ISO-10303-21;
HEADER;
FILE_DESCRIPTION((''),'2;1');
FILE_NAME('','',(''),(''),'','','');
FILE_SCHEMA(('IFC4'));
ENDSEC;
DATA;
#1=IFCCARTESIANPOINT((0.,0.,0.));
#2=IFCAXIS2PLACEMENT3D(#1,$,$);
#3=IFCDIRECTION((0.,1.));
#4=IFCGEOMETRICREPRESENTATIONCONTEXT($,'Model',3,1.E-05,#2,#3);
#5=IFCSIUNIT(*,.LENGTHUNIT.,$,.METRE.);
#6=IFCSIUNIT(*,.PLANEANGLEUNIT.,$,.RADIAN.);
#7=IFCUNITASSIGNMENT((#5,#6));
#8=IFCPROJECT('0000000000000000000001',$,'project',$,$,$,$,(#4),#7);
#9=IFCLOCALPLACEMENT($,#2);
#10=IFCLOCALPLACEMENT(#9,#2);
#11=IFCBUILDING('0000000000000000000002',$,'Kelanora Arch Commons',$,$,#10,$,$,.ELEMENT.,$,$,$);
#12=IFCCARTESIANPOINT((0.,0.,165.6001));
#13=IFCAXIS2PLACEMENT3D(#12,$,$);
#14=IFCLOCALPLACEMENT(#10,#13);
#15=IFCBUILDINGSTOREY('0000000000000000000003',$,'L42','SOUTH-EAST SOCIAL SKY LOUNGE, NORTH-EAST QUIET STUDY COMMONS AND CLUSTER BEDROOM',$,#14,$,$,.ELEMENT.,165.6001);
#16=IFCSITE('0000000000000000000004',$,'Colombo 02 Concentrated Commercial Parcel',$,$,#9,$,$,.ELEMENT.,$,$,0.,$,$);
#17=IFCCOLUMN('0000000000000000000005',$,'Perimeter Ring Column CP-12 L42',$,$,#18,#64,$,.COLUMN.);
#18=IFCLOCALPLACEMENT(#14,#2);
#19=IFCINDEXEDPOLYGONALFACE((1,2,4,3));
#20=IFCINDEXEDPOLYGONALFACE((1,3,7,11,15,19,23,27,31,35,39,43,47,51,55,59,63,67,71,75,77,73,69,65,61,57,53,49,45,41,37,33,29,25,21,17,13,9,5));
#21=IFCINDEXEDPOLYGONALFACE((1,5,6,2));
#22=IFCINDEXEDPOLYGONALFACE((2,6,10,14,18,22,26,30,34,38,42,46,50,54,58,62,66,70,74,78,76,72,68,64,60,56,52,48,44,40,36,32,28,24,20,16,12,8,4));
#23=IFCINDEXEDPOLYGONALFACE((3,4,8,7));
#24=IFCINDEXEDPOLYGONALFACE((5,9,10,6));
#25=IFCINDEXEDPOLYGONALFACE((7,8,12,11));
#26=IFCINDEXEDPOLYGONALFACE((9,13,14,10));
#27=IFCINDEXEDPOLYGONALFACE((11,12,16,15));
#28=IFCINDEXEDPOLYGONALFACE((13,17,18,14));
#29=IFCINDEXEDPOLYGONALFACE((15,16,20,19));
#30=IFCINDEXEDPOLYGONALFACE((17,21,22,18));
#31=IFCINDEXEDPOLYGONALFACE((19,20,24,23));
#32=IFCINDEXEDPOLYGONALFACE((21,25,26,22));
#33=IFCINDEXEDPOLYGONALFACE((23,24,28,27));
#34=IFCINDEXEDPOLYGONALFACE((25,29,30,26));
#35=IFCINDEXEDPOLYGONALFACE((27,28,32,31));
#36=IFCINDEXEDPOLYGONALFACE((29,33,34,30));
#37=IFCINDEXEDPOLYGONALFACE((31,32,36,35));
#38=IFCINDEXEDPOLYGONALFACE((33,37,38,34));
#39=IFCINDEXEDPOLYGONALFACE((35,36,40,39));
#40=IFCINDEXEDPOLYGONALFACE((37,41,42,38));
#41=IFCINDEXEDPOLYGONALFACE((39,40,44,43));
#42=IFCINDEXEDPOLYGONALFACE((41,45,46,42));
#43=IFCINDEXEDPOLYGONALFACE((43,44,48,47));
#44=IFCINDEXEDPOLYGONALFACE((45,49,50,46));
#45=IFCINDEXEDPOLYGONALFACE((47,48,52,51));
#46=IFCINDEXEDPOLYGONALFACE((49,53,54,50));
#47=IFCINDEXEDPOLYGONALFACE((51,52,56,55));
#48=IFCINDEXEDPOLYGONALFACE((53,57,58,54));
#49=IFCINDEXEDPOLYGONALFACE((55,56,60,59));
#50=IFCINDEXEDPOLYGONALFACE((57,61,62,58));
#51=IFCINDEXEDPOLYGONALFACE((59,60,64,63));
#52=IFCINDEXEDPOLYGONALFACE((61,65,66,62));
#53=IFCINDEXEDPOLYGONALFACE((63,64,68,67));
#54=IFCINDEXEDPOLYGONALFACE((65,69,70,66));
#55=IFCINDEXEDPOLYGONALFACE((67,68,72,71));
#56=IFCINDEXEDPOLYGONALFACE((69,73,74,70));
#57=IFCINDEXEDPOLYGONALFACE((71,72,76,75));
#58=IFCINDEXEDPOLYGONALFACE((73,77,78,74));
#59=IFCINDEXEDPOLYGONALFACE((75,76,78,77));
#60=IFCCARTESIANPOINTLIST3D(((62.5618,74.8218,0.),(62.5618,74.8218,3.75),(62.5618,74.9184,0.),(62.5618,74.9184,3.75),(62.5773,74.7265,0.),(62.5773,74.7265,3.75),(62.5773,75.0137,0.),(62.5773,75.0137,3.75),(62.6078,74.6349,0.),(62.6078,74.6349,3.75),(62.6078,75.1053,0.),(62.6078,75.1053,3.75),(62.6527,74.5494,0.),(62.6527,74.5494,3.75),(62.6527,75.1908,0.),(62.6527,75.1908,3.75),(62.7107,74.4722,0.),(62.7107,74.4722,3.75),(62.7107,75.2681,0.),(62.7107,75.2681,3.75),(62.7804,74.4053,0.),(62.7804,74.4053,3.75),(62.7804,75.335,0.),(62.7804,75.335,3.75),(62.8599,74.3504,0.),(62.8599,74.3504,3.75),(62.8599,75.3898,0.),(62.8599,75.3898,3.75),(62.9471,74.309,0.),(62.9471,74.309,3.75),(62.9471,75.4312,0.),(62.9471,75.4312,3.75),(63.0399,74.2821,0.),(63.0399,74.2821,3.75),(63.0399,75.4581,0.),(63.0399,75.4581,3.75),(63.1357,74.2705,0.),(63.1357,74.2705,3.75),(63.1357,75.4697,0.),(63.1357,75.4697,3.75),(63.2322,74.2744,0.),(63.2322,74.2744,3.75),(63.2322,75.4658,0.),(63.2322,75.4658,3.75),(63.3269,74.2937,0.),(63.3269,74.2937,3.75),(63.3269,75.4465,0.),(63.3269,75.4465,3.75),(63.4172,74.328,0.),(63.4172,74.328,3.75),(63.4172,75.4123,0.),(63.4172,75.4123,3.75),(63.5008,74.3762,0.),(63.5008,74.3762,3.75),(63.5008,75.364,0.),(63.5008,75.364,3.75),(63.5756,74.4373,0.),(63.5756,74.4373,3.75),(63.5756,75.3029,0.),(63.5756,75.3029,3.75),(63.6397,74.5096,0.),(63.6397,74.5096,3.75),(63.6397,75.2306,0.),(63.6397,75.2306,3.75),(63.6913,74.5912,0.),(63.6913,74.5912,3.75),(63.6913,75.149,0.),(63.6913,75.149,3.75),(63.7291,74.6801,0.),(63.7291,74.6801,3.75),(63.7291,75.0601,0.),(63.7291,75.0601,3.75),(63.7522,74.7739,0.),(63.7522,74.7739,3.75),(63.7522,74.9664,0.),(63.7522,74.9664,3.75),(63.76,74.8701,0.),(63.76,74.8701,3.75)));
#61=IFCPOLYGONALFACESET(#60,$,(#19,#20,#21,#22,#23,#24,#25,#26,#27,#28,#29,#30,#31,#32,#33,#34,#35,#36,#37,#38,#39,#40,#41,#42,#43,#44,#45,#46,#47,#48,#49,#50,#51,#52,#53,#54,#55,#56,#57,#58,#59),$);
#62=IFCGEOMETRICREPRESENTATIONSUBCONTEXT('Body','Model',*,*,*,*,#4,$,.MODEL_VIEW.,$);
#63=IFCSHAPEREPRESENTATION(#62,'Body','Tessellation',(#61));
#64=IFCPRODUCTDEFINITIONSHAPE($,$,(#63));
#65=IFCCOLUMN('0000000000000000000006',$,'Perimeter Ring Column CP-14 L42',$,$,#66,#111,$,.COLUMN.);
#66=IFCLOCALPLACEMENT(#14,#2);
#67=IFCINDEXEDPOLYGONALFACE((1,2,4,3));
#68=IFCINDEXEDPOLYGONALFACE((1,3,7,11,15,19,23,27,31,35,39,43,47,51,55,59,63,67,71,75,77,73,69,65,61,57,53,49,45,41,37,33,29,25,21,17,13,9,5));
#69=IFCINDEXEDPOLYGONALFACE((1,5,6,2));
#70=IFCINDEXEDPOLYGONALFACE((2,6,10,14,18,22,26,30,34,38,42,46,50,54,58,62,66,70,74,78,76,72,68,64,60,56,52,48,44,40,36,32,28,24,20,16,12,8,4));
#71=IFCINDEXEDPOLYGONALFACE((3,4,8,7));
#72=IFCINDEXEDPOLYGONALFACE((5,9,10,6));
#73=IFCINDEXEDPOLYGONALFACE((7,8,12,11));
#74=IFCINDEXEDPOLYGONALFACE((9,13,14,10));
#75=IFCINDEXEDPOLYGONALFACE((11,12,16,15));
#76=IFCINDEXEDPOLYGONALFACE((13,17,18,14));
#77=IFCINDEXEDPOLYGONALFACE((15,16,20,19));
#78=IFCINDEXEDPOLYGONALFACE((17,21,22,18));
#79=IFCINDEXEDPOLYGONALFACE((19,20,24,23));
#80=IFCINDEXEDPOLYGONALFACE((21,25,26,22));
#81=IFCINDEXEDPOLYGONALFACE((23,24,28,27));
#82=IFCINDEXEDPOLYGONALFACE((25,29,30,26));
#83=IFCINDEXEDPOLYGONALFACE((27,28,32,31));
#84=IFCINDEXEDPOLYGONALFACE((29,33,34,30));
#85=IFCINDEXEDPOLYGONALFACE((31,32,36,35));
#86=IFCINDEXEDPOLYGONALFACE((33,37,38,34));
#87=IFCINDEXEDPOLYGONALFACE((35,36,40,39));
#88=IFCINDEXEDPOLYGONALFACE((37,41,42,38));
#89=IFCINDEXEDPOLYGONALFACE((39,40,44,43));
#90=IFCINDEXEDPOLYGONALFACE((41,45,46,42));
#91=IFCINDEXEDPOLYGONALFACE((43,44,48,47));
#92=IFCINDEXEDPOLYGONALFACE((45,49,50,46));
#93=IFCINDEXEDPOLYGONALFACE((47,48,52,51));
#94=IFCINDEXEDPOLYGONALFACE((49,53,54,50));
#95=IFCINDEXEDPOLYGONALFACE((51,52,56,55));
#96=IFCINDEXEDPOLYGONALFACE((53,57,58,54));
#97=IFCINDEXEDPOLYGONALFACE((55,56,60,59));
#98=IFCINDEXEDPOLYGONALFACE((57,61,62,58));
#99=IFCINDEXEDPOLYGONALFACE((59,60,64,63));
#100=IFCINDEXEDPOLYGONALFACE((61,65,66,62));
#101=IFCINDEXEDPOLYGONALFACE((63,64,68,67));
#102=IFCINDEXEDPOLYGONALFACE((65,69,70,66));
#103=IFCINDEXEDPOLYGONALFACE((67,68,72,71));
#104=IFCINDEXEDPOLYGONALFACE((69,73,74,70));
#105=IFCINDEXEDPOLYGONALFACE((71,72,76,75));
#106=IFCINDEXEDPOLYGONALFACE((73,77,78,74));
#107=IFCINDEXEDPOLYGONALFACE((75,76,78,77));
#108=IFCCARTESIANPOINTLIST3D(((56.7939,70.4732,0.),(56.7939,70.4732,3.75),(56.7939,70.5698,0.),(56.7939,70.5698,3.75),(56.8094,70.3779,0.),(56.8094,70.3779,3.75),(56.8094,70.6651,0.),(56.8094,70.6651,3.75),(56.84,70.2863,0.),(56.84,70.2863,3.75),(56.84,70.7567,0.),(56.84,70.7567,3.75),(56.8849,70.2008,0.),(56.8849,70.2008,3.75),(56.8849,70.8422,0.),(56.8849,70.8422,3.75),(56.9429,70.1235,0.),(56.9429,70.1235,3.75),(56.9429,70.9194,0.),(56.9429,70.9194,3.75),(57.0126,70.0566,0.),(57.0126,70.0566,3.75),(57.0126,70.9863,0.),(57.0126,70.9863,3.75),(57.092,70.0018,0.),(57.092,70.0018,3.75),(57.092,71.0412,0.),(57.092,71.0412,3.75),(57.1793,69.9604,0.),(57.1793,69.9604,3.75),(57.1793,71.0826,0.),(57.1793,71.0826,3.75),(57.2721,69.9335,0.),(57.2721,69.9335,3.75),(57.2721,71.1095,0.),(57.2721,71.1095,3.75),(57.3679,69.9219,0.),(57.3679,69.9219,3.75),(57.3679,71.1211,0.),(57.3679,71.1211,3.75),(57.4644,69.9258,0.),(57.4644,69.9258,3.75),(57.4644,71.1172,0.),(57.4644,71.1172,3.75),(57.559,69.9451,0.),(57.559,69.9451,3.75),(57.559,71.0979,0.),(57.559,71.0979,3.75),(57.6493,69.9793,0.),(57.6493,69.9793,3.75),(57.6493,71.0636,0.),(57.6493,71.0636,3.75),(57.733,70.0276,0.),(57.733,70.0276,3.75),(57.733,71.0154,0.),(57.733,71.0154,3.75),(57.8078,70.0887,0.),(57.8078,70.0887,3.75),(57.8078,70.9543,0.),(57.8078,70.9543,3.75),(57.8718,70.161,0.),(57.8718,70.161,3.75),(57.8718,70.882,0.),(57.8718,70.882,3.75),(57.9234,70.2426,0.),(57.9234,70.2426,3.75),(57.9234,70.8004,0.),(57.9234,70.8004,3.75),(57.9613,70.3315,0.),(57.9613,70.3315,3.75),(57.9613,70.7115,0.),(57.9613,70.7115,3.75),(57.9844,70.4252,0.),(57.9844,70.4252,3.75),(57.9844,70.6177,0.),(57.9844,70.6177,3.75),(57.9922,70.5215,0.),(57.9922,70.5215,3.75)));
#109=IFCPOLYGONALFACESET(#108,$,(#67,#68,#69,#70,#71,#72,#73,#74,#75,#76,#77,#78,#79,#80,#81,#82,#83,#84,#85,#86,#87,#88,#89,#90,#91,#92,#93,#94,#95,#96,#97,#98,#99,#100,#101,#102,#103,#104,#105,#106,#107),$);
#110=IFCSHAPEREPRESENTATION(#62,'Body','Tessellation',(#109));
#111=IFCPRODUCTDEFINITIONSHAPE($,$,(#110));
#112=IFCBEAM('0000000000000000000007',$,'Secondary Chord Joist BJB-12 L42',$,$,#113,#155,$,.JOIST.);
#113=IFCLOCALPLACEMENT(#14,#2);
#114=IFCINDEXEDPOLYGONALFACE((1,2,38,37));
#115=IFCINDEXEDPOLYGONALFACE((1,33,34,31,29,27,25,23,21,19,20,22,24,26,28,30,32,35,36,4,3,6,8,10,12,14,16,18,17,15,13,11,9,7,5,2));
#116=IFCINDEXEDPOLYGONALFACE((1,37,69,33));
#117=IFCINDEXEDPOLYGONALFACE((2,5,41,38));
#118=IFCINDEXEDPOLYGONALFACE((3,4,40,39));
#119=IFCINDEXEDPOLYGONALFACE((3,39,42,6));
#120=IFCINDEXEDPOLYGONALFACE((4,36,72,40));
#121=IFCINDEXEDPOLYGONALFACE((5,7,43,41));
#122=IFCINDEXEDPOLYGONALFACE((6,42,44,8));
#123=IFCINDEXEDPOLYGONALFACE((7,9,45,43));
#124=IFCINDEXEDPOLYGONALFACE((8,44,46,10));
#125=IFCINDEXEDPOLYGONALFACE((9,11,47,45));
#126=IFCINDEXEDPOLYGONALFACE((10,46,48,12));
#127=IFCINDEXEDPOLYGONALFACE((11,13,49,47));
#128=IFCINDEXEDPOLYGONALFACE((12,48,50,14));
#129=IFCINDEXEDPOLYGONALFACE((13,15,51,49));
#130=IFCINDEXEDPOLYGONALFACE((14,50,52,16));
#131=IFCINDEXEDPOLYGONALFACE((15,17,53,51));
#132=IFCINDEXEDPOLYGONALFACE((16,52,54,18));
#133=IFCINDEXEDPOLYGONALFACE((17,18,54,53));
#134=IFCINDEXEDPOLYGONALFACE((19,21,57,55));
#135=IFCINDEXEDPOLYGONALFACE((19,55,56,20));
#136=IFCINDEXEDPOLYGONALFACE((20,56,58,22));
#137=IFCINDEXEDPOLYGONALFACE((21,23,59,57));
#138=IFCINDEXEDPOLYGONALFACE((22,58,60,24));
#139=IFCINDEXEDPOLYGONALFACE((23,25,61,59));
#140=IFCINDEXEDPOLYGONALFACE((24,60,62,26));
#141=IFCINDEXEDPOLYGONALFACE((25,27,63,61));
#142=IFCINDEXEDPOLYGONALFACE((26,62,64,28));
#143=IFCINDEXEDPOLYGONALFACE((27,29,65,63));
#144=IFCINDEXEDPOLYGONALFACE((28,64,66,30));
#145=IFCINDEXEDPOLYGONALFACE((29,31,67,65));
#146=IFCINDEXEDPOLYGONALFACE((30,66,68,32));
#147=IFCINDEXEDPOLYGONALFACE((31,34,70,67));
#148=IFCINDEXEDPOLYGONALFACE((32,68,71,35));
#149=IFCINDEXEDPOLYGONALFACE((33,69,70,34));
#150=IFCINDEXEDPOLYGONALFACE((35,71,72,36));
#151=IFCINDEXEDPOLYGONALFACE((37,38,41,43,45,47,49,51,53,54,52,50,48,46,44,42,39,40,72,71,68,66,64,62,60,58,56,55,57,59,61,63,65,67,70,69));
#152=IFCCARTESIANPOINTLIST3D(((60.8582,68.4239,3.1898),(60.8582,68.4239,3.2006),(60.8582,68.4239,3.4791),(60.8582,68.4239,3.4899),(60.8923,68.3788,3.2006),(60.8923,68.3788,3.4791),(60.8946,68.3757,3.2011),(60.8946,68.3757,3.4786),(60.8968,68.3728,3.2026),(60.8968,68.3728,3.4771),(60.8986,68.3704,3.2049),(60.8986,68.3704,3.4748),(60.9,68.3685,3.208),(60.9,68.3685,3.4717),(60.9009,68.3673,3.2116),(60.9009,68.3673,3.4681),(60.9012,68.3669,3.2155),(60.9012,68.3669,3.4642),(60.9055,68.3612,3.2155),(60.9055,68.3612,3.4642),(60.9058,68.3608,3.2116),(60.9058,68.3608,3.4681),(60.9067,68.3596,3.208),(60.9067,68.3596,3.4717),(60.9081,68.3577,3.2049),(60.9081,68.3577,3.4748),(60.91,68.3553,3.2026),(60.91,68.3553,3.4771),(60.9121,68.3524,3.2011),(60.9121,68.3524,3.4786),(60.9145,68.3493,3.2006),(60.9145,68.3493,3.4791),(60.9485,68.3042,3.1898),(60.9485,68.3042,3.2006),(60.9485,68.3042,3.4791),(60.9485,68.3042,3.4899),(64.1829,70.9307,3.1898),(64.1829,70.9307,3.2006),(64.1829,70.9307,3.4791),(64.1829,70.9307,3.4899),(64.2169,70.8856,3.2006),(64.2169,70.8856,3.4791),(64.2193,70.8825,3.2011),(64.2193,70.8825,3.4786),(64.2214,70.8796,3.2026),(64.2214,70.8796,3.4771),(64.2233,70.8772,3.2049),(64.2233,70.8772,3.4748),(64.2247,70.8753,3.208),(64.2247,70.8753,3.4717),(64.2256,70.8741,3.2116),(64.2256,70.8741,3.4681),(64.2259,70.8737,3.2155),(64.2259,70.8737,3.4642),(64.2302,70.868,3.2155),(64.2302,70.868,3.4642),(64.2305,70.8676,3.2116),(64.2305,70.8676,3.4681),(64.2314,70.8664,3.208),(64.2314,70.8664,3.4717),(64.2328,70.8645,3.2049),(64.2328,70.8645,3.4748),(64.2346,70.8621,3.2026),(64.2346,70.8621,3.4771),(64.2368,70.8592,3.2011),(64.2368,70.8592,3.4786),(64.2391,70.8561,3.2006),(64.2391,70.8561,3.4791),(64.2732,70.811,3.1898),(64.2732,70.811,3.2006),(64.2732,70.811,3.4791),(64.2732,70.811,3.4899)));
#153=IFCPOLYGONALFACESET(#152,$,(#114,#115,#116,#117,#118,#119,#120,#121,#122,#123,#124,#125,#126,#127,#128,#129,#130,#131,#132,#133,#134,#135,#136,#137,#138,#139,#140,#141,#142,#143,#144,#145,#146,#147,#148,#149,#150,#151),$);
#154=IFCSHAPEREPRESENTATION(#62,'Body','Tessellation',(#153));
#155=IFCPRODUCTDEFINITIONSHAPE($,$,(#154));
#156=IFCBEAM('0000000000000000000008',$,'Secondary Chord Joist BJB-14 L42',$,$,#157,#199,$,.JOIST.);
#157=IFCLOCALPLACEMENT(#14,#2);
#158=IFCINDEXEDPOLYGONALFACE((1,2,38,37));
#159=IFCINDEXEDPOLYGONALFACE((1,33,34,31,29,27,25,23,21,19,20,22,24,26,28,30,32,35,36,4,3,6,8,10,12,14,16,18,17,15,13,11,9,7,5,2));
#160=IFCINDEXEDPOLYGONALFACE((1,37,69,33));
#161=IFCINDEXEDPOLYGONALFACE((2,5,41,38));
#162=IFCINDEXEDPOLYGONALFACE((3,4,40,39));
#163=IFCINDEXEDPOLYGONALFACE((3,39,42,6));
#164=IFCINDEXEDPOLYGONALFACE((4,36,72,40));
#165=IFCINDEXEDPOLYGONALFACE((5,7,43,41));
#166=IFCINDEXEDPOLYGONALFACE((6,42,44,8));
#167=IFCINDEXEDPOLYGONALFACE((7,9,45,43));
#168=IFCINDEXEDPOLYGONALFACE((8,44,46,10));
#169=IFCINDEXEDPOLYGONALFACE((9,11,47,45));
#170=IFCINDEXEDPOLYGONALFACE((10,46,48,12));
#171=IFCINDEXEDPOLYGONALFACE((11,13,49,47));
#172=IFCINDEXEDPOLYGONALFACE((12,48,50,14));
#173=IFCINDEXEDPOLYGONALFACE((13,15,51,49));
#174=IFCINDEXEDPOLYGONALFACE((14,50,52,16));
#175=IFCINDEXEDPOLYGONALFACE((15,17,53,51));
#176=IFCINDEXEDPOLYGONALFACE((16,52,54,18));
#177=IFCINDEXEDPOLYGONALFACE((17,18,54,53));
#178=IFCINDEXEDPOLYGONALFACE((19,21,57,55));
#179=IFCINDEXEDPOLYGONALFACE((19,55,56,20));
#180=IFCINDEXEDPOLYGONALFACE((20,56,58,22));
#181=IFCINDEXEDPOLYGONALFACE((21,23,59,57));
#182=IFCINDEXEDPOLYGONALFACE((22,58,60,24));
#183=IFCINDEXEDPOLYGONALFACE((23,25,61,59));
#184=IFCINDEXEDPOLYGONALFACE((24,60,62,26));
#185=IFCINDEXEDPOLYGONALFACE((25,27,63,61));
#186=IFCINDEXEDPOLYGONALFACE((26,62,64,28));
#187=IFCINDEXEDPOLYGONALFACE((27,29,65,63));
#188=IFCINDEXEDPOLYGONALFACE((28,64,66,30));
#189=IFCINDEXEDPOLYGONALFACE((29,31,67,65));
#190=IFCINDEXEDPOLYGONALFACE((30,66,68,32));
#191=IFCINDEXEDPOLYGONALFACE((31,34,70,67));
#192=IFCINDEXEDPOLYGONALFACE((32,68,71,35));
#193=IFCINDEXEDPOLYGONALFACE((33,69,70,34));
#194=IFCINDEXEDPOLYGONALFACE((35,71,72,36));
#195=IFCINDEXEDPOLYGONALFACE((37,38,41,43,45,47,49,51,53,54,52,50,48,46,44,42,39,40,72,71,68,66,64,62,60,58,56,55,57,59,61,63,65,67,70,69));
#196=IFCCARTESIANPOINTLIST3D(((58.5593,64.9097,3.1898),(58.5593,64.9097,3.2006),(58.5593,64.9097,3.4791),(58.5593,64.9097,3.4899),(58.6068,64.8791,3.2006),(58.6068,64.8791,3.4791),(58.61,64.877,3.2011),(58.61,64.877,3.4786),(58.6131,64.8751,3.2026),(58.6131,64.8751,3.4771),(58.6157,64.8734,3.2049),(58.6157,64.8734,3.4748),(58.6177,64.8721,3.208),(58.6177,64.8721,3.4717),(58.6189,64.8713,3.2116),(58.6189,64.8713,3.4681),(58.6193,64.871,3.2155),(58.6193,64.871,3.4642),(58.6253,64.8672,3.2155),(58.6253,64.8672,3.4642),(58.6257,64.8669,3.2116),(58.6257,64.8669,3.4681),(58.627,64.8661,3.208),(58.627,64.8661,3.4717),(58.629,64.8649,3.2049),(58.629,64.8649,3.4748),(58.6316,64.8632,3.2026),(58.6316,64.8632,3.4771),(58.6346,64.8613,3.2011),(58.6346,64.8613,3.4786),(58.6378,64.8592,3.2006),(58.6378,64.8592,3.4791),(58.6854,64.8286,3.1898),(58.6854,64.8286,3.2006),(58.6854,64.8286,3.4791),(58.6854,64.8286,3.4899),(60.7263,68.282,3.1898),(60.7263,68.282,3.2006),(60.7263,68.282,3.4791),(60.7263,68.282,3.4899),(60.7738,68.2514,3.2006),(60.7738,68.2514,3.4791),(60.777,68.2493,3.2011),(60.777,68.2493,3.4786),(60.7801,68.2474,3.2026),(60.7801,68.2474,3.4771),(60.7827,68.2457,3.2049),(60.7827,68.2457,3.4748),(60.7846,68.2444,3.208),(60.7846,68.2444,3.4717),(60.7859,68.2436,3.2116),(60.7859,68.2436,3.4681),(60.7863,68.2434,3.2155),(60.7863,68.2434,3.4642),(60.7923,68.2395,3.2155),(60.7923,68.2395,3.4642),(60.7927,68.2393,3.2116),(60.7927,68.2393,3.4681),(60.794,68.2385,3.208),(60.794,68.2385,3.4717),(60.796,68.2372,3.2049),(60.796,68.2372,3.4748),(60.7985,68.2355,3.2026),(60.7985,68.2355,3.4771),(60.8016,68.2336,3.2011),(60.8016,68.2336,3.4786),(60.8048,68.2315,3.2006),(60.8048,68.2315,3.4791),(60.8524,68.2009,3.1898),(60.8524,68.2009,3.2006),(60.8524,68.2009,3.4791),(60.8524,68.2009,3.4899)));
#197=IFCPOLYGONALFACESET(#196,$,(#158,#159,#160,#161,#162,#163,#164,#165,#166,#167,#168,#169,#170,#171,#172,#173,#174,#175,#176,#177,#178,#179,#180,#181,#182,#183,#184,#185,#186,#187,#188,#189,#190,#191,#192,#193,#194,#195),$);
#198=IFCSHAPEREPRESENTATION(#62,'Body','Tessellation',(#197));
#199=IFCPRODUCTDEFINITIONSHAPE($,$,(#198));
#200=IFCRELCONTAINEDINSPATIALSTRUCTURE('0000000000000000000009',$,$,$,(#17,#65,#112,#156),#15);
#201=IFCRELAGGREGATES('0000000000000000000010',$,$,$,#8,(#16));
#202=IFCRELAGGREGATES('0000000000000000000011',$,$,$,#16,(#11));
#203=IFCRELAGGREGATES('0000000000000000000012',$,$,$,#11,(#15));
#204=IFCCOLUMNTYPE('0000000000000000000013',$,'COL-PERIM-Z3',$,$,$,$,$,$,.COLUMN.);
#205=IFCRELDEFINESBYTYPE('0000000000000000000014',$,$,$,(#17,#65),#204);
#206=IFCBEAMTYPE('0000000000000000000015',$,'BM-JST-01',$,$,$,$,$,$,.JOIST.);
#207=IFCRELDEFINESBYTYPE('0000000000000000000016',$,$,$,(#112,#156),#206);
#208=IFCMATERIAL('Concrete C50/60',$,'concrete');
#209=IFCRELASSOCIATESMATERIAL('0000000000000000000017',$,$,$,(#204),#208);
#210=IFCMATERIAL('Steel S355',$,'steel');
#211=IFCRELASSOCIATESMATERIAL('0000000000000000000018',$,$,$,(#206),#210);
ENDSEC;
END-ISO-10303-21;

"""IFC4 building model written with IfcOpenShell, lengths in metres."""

from ifc_helpers import new_model, si_unit, direction, frame, origin, origin_2d, place, context, subcontext, project, spatial, circle, i_section, extrude, material, material_profile, profile_set, type_object, element, save


model = new_model("IFC4")

# Units and contexts
model_context = context("Model", 3, precision=1e-05, world=origin(), true_north=direction((0.0, 1.0)))
body_context = subcontext(model_context, "Body", "Model", "MODEL_VIEW")
ifc_project = project(units=[si_unit("LENGTHUNIT", "METRE"), si_unit("PLANEANGLEUNIT", "RADIAN")], contexts=[model_context])

# Site, building, storey
site_placement = place(None, origin())
site = spatial("IfcSite", under=ifc_project, at=site_placement, Name="Colombo 02 Concentrated Commercial Parcel", CompositionType="ELEMENT", RefElevation=0.0)
building_placement = place(site_placement, origin())
building = spatial("IfcBuilding", under=site, at=building_placement, Name="Kelanora Arch Commons", CompositionType="ELEMENT")
storey_placement = place(building_placement, frame((0.0, 0.0, 165.6001)))
storey = spatial("IfcBuildingStorey", under=building, at=storey_placement, Name="L42", Description="SOUTH-EAST SOCIAL SKY LOUNGE, NORTH-EAST QUIET STUDY COMMONS AND CLUSTER BEDROOM", CompositionType="ELEMENT", Elevation=165.6001)

# Columns
ifc_material_1 = material(Name="Concrete C50/60", Category="concrete")
ifc_material_profile_1 = material_profile(ifc_material_1, circle(Radius=0.6001, at=origin_2d()), Name="RCC1200")
ifc_profile_set_1 = profile_set([ifc_material_profile_1], Name="Concrete C50/60")
column_type = type_object("IfcColumnType", Name="COL-PERIM-Z3", PredefinedType="COLUMN", material=ifc_profile_set_1)
for number, where, z_axis, x_axis, name in (
    (1, (63.1599, 74.8701, 0.0), (0.0, 0.0, 1.0), (1.0, 0.0, 0.0), "Perimeter Ring Column CP-12 L42"),
    (2, (57.3921, 70.5215, 0.0), (0.0, 0.0, 1.0), (1.0, 0.0, 0.0), "Perimeter Ring Column CP-14 L42"),
):
    element("IfcColumn", number, at=place(storey_placement, frame(where, z_axis=z_axis, x_axis=x_axis)), inside=storey, type_object=column_type, Name=name, PredefinedType="COLUMN", context=body_context, shape_type="SweptSolid", body=[
        extrude(circle(Radius=0.6001, at=origin_2d()), origin(), (0.0, 0.0, 1.0), 3.75),
    ])

# Beams
ifc_material_2 = material(Name="Steel S355", Category="steel")
ifc_material_profile_2 = material_profile(ifc_material_2, i_section(OverallWidth=0.1499, OverallDepth=0.3, WebThickness=0.0071, FlangeThickness=0.0107, FilletRadius=0.0149, at=origin_2d()), Name="IPE300")
ifc_profile_set_2 = profile_set([ifc_material_profile_2], Name="Steel S355")
beam_type_1 = type_object("IfcBeamType", Name="BM-JST-01", PredefinedType="JOIST", material=ifc_profile_set_2)
beam_1_placement = place(storey_placement, frame((64.228, 70.8708, 3.3398), z_axis=(-0.798464, -0.602043, 0.0), x_axis=(0.602043, -0.798464, 0.0)))
element("IfcBeam", 3, at=beam_1_placement, inside=storey, type_object=beam_type_1, Name="Secondary Chord Joist BJB-12 L42", PredefinedType="JOIST", context=body_context, shape_type="SweptSolid", body=[
    extrude(i_section(OverallWidth=0.1499, OverallDepth=0.3, WebThickness=0.0071, FlangeThickness=0.0107, FilletRadius=0.0149, at=origin_2d()), origin(), (0.0, 0.0, 1.0), 4.1638),
])
beam_2_placement = place(storey_placement, frame((60.7893, 68.2415, 3.3398), z_axis=(-0.540594, -0.841283, 0.0), x_axis=(0.841283, -0.540594, 0.0)))
element("IfcBeam", 4, at=beam_2_placement, inside=storey, type_object=beam_type_1, Name="Secondary Chord Joist BJB-14 L42", PredefinedType="JOIST", context=body_context, shape_type="SweptSolid", body=[
    extrude(i_section(OverallWidth=0.1499, OverallDepth=0.3, WebThickness=0.0071, FlangeThickness=0.0107, FilletRadius=0.0149, at=origin_2d()), origin(), (0.0, 0.0, 1.0), 4.0085),
])

save(model, "model.ifc")
